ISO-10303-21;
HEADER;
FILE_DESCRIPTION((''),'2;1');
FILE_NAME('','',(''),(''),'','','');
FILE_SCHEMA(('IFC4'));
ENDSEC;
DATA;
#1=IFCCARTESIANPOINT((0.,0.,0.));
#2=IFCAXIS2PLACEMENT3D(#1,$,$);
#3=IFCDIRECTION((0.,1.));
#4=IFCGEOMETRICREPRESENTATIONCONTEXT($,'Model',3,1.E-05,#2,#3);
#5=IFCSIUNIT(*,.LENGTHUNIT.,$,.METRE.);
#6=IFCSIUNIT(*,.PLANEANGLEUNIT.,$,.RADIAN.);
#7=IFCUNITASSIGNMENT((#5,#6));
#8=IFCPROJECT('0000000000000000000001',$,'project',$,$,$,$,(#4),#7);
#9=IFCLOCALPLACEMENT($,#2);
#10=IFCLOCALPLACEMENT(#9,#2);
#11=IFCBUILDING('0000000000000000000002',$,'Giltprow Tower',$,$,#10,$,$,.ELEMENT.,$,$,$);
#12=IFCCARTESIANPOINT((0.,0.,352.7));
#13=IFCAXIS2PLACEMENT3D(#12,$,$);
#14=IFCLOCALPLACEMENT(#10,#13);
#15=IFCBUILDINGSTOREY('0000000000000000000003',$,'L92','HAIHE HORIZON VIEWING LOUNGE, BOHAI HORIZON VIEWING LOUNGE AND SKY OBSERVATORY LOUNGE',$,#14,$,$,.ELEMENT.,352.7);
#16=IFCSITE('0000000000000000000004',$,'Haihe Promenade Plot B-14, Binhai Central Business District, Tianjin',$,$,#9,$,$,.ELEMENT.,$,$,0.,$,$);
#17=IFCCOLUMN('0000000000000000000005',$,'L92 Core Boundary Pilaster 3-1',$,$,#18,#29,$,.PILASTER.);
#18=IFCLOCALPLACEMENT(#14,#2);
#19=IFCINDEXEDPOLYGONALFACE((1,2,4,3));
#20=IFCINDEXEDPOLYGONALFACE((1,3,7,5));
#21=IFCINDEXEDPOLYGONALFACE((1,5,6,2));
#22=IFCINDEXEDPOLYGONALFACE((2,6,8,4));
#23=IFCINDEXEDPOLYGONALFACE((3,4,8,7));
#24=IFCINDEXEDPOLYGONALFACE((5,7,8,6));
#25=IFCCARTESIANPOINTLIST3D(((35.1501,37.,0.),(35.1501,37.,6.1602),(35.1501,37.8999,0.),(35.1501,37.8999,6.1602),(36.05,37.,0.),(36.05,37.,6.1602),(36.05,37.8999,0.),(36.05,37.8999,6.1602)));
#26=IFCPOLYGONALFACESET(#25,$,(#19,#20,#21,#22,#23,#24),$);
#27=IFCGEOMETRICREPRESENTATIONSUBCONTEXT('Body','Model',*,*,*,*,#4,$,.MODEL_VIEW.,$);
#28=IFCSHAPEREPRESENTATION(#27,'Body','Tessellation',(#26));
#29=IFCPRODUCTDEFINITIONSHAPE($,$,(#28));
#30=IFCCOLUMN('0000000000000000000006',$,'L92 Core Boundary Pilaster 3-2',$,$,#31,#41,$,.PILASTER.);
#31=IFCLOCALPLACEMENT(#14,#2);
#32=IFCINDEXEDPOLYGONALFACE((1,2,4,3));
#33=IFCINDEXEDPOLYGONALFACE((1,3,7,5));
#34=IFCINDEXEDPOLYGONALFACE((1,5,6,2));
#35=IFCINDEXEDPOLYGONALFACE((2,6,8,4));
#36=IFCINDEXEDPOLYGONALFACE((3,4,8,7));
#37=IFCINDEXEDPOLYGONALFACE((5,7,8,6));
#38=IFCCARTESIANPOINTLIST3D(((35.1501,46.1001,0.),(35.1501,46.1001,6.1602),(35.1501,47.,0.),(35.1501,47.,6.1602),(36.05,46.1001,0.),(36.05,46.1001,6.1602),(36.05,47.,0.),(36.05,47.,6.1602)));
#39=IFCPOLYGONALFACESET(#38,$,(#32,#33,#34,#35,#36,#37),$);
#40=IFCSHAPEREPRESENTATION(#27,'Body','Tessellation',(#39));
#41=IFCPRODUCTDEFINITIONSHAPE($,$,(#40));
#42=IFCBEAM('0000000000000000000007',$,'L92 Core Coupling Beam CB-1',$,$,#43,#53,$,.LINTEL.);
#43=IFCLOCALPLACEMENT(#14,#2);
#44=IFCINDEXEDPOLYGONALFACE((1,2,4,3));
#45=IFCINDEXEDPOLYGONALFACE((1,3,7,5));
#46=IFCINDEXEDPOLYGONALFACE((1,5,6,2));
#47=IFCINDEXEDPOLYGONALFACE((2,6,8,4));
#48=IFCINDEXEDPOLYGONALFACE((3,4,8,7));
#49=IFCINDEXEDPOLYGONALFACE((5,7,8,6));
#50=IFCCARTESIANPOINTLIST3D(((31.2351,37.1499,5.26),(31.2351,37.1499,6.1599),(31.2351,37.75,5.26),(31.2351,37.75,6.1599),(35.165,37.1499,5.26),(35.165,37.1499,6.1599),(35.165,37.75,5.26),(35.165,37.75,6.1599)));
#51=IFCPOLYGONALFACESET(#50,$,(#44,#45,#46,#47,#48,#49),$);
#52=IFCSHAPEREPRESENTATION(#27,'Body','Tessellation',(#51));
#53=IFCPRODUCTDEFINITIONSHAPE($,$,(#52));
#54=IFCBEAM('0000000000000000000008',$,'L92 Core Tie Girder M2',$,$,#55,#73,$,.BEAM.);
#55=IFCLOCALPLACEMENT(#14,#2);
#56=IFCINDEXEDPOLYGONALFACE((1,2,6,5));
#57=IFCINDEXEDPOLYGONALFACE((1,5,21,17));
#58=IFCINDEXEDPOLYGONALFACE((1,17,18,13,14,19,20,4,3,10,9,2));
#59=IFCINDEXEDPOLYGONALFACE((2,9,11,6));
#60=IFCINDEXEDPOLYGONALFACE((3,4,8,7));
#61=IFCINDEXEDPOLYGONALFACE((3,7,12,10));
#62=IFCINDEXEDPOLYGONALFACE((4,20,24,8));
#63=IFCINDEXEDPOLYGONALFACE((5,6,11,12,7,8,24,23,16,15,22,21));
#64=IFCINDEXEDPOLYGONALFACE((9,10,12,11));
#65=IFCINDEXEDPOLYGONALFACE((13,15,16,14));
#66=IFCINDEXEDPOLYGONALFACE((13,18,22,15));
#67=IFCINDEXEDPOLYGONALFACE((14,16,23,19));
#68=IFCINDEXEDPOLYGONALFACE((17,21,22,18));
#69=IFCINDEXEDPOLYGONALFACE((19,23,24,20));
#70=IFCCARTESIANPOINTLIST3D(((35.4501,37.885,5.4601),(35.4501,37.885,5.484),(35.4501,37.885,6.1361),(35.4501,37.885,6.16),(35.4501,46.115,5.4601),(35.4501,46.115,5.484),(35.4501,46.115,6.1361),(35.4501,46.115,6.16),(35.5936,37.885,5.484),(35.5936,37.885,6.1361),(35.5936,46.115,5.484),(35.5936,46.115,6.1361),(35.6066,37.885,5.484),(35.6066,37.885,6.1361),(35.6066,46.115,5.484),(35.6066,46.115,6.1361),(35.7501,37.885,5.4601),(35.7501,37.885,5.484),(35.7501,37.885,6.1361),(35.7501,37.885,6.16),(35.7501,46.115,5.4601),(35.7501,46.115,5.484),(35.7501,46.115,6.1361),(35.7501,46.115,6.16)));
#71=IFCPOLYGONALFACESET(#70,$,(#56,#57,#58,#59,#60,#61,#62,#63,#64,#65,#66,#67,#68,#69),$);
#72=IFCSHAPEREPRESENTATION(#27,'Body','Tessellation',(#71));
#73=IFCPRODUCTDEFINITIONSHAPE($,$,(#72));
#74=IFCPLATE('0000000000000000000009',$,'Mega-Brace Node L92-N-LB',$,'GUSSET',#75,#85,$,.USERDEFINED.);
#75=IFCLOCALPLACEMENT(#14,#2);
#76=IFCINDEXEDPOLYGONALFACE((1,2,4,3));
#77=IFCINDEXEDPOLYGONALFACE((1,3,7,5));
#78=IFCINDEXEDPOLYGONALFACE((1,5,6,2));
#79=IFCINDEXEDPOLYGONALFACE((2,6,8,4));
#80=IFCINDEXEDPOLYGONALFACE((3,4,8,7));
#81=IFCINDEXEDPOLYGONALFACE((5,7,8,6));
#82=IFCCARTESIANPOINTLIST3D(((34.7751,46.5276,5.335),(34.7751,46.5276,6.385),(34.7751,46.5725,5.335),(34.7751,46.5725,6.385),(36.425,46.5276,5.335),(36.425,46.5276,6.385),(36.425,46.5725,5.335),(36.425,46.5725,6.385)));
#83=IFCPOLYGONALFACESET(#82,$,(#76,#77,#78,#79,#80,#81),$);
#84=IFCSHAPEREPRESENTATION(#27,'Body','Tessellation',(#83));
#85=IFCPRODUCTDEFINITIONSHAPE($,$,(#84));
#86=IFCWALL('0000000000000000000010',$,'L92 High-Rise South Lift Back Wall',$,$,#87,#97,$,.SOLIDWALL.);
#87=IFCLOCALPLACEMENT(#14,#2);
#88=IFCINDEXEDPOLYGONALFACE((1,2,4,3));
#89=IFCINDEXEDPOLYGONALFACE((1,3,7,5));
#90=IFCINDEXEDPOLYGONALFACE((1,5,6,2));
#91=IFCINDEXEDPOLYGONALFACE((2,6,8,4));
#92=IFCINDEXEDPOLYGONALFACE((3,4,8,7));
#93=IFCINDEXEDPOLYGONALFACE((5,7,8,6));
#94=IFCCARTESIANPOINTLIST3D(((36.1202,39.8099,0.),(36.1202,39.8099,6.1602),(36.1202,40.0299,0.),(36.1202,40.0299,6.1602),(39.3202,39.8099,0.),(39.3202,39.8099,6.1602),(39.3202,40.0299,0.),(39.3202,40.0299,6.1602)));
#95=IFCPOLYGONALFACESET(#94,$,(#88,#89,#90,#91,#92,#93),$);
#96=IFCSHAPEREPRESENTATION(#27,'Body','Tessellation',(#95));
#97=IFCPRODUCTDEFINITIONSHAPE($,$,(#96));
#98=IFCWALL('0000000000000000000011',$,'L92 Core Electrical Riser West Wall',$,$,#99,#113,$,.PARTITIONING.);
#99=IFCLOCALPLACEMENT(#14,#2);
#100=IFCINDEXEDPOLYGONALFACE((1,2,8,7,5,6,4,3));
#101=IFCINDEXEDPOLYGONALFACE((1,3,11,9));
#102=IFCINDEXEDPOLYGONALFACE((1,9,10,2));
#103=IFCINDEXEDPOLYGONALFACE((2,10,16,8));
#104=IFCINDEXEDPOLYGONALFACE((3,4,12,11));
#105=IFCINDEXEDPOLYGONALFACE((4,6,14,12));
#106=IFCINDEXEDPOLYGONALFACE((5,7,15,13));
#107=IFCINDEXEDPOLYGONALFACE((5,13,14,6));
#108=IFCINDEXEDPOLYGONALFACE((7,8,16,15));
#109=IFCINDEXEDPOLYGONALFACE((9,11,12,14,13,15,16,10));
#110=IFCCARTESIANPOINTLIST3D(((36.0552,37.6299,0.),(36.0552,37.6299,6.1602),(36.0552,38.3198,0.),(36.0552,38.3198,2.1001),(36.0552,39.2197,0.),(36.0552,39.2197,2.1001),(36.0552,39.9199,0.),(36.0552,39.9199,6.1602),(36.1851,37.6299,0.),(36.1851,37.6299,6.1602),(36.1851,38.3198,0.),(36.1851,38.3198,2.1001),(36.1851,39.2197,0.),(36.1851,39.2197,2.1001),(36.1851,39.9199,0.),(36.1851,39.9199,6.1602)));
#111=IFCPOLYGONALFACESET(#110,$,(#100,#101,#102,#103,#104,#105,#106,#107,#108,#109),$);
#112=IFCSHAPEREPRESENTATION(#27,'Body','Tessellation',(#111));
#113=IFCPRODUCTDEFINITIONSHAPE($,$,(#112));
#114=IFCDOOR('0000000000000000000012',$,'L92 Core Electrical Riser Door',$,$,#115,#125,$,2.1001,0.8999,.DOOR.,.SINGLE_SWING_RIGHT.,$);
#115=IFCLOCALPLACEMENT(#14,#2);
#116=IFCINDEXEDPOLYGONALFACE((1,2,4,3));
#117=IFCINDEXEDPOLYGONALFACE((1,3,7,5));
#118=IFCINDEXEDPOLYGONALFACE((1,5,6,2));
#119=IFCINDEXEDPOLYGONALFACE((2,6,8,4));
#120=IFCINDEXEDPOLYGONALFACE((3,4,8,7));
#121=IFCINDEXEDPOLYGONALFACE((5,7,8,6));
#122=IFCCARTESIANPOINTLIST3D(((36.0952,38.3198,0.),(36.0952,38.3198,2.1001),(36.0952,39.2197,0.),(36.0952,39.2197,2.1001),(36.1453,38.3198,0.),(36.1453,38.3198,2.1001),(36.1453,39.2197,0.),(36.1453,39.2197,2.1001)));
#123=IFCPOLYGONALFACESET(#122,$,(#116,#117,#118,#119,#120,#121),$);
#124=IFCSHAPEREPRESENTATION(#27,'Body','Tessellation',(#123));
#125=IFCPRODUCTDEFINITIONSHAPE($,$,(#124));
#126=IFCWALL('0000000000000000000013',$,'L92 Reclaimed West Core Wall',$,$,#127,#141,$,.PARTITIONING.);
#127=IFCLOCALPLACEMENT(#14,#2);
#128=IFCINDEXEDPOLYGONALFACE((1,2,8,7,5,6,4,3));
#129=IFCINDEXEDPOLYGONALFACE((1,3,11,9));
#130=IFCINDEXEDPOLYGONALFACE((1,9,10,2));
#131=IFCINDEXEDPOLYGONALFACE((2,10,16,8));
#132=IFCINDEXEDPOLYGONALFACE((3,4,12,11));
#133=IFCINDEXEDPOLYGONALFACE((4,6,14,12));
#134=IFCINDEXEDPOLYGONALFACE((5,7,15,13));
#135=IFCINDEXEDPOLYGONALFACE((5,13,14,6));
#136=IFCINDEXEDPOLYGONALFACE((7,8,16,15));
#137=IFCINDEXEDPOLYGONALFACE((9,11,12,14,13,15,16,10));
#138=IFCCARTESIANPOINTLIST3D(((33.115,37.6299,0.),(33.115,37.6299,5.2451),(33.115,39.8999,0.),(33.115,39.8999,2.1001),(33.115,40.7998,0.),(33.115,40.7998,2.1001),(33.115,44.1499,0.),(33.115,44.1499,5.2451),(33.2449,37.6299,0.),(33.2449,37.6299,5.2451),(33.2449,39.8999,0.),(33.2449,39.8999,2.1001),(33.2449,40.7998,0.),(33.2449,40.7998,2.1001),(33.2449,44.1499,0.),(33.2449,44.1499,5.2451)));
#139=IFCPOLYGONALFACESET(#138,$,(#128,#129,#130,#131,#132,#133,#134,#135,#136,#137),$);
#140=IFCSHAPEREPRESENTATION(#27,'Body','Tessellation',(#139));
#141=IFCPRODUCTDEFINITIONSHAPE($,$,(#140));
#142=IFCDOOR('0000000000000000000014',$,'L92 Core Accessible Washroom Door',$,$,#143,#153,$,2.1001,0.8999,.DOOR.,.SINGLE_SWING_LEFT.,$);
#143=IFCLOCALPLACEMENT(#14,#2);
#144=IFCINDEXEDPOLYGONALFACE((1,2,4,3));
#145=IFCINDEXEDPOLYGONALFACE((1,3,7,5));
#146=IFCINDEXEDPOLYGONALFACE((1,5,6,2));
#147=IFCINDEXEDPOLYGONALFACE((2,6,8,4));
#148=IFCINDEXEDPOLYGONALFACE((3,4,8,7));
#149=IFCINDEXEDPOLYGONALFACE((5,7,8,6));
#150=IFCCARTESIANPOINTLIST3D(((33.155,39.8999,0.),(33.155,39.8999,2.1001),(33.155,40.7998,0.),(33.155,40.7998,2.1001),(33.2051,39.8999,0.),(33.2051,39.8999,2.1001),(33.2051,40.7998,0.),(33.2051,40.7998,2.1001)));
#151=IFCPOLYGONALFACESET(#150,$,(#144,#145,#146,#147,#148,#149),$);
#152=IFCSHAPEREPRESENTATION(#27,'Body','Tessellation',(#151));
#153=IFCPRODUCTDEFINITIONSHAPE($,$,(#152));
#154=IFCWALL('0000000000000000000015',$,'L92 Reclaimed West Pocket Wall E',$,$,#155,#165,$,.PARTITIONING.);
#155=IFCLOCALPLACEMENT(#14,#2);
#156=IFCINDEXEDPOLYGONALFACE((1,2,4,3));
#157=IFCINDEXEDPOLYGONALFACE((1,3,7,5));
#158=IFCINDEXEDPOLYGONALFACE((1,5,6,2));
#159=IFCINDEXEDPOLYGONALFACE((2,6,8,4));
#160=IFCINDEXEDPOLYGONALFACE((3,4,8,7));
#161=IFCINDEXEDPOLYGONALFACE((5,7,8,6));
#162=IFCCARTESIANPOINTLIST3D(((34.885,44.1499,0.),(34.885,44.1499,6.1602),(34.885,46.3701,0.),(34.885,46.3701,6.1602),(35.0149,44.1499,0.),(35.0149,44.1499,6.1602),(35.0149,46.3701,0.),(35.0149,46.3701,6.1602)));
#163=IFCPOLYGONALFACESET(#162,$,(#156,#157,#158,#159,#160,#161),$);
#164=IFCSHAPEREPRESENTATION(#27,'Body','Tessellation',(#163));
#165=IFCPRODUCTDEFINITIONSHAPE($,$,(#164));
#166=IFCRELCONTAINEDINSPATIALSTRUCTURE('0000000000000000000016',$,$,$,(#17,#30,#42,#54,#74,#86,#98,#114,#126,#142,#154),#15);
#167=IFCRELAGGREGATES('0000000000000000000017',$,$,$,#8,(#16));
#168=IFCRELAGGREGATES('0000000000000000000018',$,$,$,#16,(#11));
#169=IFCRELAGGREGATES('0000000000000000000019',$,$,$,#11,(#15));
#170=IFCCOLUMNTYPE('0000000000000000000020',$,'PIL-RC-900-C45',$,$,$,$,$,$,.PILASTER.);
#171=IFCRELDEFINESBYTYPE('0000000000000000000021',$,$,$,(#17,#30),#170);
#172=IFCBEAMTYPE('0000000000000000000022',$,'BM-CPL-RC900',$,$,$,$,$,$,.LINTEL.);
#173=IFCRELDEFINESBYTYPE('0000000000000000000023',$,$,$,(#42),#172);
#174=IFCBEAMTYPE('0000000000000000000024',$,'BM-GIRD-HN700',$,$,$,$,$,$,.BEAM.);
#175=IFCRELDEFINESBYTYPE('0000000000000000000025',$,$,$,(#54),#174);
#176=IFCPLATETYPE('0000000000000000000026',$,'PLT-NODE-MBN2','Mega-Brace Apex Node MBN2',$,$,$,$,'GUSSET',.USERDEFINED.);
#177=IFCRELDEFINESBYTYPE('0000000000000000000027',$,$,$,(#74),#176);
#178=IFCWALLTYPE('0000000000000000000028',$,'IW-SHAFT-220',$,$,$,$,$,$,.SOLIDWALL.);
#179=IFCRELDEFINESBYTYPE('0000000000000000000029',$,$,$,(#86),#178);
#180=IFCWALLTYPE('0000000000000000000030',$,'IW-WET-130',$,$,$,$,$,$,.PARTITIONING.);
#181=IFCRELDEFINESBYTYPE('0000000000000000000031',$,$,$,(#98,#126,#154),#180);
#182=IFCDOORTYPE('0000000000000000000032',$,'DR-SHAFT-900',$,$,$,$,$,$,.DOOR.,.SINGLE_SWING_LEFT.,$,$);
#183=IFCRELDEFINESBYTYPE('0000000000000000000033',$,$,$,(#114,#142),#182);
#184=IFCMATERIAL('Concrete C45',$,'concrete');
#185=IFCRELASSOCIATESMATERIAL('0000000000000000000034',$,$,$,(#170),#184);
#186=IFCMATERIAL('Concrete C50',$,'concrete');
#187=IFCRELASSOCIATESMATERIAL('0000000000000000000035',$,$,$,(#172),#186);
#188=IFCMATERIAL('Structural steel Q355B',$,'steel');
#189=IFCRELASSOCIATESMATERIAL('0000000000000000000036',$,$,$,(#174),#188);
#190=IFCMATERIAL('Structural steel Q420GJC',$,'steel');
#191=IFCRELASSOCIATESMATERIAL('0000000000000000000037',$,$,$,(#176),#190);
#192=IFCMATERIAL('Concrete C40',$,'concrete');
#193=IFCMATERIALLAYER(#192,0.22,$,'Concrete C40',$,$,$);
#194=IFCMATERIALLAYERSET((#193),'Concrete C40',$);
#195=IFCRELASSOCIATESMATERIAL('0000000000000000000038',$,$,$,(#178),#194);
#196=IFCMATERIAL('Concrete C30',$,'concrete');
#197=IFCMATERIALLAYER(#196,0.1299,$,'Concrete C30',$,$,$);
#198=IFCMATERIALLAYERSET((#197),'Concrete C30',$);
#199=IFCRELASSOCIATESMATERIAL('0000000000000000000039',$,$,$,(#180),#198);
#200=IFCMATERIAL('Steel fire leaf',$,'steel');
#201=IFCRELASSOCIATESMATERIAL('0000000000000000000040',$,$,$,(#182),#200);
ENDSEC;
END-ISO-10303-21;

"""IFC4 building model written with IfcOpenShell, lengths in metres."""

from ifc_helpers import new_model, si_unit, direction, frame, frame_2d, origin, origin_2d, place, context, subcontext, project, spatial, rectangle, i_section, extrude, source, transform, mapped, material, layer, layer_set, material_profile, profile_set, type_object, element, fill, save


model = new_model("IFC4")

# Units and contexts
model_context = context("Model", 3, precision=1e-05, world=origin(), true_north=direction((0.0, 1.0)))
body_context = subcontext(model_context, "Body", "Model", "MODEL_VIEW")
ifc_project = project(units=[si_unit("LENGTHUNIT", "METRE"), si_unit("PLANEANGLEUNIT", "RADIAN")], contexts=[model_context])

# Site, building, storey
site_placement = place(None, origin())
site = spatial("IfcSite", under=ifc_project, at=site_placement, Name="Haihe Promenade Plot B-14, Binhai Central Business District, Tianjin", CompositionType="ELEMENT", RefElevation=0.0)
building_placement = place(site_placement, origin())
building = spatial("IfcBuilding", under=site, at=building_placement, Name="Giltprow Tower", CompositionType="ELEMENT")
storey_placement = place(building_placement, frame((0.0, 0.0, 352.7)))
storey = spatial("IfcBuildingStorey", under=building, at=storey_placement, Name="L92", Description="HAIHE HORIZON VIEWING LOUNGE, BOHAI HORIZON VIEWING LOUNGE AND SKY OBSERVATORY LOUNGE", CompositionType="ELEMENT", Elevation=352.7)

# Columns
ifc_material_1 = material(Name="Concrete C45", Category="concrete")
ifc_material_profile_1 = material_profile(ifc_material_1, rectangle(XDim=0.8999, YDim=0.8999, at=origin_2d()), Name="RC 900x900")
ifc_profile_set_1 = profile_set([ifc_material_profile_1], Name="Concrete C45")
column_type = type_object("IfcColumnType", Name="PIL-RC-900-C45", PredefinedType="PILASTER", material=ifc_profile_set_1)
shared_shape_1 = source(origin(), body_context, "Body", "SweptSolid", [
    extrude(rectangle(XDim=0.8999, YDim=0.8999, at=origin_2d()), origin(), (0.0, 0.0, 1.0), 6.1602),
])
for number, where, z_axis, x_axis, name in (
    (1, (35.6001, 37.45, 0.0), (0.0, 0.0, 1.0), (1.0, 0.0, 0.0), "L92 Core Boundary Pilaster 3-1"),
    (2, (35.6001, 46.55, 0.0), (0.0, 0.0, 1.0), (1.0, 0.0, 0.0), "L92 Core Boundary Pilaster 3-2"),
):
    element("IfcColumn", number, at=place(storey_placement, frame(where, z_axis=z_axis, x_axis=x_axis)), inside=storey, type_object=column_type, Name=name, PredefinedType="PILASTER", context=body_context, shape_type="MappedRepresentation", body=[
        mapped(shared_shape_1, transform((0.0, 0.0, 0.0), x_axis=(1.0, 0.0, 0.0), y_axis=(0.0, 1.0, 0.0), z_axis=(0.0, 0.0, 1.0), scale=1.0)),
    ])

# Beams
ifc_material_2 = material(Name="Concrete C50", Category="concrete")
ifc_material_profile_2 = material_profile(ifc_material_2, rectangle(XDim=0.6001, YDim=0.8999, at=origin_2d()), Name="RC 900x600")
ifc_profile_set_2 = profile_set([ifc_material_profile_2], Name="Concrete C50")
beam_type_1 = type_object("IfcBeamType", Name="BM-CPL-RC900", PredefinedType="LINTEL", material=ifc_profile_set_2)
shared_shape_2 = source(origin(), body_context, "Body", "SweptSolid", [
    extrude(rectangle(XDim=0.6001, YDim=0.8999, at=origin_2d()), origin(), (0.0, 0.0, 1.0), 3.9299),
])
beam_1_placement = place(storey_placement, frame((31.2351, 37.45, 5.71), z_axis=(1.0, 0.0, 0.0), x_axis=(0.0, 1.0, 0.0)))
element("IfcBeam", 3, at=beam_1_placement, inside=storey, type_object=beam_type_1, Name="L92 Core Coupling Beam CB-1", PredefinedType="LINTEL", context=body_context, shape_type="MappedRepresentation", body=[
    mapped(shared_shape_2, transform((0.0, 0.0, 0.0), x_axis=(1.0, 0.0, 0.0), y_axis=(0.0, 1.0, 0.0), z_axis=(0.0, 0.0, 1.0), scale=1.0)),
])
ifc_material_3 = material(Name="Structural steel Q355B", Category="steel")
ifc_material_profile_3 = material_profile(ifc_material_3, i_section(OverallWidth=0.3, OverallDepth=0.7, WebThickness=0.0129, FlangeThickness=0.0239, at=origin_2d()), Name="HN 700x300x13x24")
ifc_profile_set_3 = profile_set([ifc_material_profile_3], Name="Structural steel Q355B")
beam_type_2 = type_object("IfcBeamType", Name="BM-GIRD-HN700", PredefinedType="BEAM", material=ifc_profile_set_3)
shared_shape_3 = source(origin(), body_context, "Body", "SweptSolid", [
    extrude(i_section(OverallWidth=0.3, OverallDepth=0.7, WebThickness=0.0129, FlangeThickness=0.0239, at=origin_2d()), origin(), (0.0, 0.0, 1.0), 8.23),
])
beam_2_placement = place(storey_placement, frame((35.6001, 37.885, 5.8101), z_axis=(0.0, 1.0, 0.0), x_axis=(-1.0, 0.0, 0.0)))
element("IfcBeam", 4, at=beam_2_placement, inside=storey, type_object=beam_type_2, Name="L92 Core Tie Girder M2", PredefinedType="BEAM", context=body_context, shape_type="MappedRepresentation", body=[
    mapped(shared_shape_3, transform((0.0, 0.0, 0.0), x_axis=(1.0, 0.0, 0.0), y_axis=(0.0, 1.0, 0.0), z_axis=(0.0, 0.0, 1.0), scale=1.0)),
])

# Plate
ifc_material_4 = material(Name="Structural steel Q420GJC", Category="steel")
plate_type = type_object("IfcPlateType", Name="PLT-NODE-MBN2", Description="Mega-Brace Apex Node MBN2", ElementType="GUSSET", PredefinedType="USERDEFINED", material=ifc_material_4)
shared_shape_4 = source(origin(), body_context, "Body", "SweptSolid", [
    extrude(rectangle(XDim=1.6499, YDim=0.0449, at=origin_2d()), origin(), (0.0, 0.0, 1.0), 1.05),
])
plate_placement = place(storey_placement, frame((35.6001, 46.55, 5.335), z_axis=(0.0, 0.0, 1.0), x_axis=(1.0, 0.0, 0.0)))
element("IfcPlate", 5, at=plate_placement, inside=storey, type_object=plate_type, Name="Mega-Brace Node L92-N-LB", ObjectType="GUSSET", PredefinedType="USERDEFINED", context=body_context, shape_type="MappedRepresentation", body=[
    mapped(shared_shape_4, transform((0.0, 0.0, 0.0), x_axis=(1.0, 0.0, 0.0), y_axis=(0.0, 1.0, 0.0), z_axis=(0.0, 0.0, 1.0), scale=1.0)),
])

# Wall
ifc_material_5 = material(Name="Concrete C40", Category="concrete")
ifc_layer_1 = layer(ifc_material_5, 0.22, Name="Concrete C40")
ifc_layer_set_1 = layer_set([ifc_layer_1], Name="Concrete C40")
wall_type_1 = type_object("IfcWallType", Name="IW-SHAFT-220", PredefinedType="SOLIDWALL", material=ifc_layer_set_1)
wall_1_placement = place(storey_placement, frame((36.1201, 39.9199, 0.0), z_axis=(0.0, 0.0, 1.0), x_axis=(1.0, 0.0, 0.0)))
element("IfcWall", 6, at=wall_1_placement, inside=storey, type_object=wall_type_1, Name="L92 High-Rise South Lift Back Wall", PredefinedType="SOLIDWALL", context=body_context, shape_type="SweptSolid", body=[
    extrude(rectangle(XDim=3.2, YDim=0.22, at=frame_2d((1.6001, 0.0))), origin(), (0.0, 0.0, 1.0), 6.1602),
])

# Walls, openings, doors
ifc_material_6 = material(Name="Concrete C30", Category="concrete")
ifc_layer_2 = layer(ifc_material_6, 0.1299, Name="Concrete C30")
ifc_layer_set_2 = layer_set([ifc_layer_2], Name="Concrete C30")
wall_type_2 = type_object("IfcWallType", Name="IW-WET-130", PredefinedType="PARTITIONING", material=ifc_layer_set_2)
wall_2_placement = place(storey_placement, frame((36.1201, 37.6299, 0.0), z_axis=(0.0, 0.0, 1.0), x_axis=(0.0, 1.0, 0.0)))
wall_2 = element("IfcWall", 7, at=wall_2_placement, inside=storey, type_object=wall_type_2, Name="L92 Core Electrical Riser West Wall", PredefinedType="PARTITIONING", context=body_context, shape_type="SweptSolid", body=[
    extrude(rectangle(XDim=2.29, YDim=0.1299, at=frame_2d((1.145, 0.0))), origin(), (0.0, 0.0, 1.0), 6.1602),
])
opening_1_placement = place(wall_2_placement, frame((0.6899, 0.0, 0.0)))
opening_1 = element("IfcOpeningElement", 8, at=opening_1_placement, cuts=wall_2, PredefinedType="OPENING", context=body_context, shape_type="SweptSolid", body=[
    extrude(rectangle(XDim=0.8999, YDim=2.1001, at=frame_2d((0.45, 1.05))), frame((0.0, 0.075, 0.0), z_axis=(0.0, -1.0, 0.0), x_axis=(1.0, 0.0, 0.0)), (0.0, 0.0, 1.0), 0.1499),
])
ifc_material_7 = material(Name="Steel fire leaf", Category="steel")
door_type = type_object("IfcDoorType", Name="DR-SHAFT-900", OperationType="SINGLE_SWING_LEFT", PredefinedType="DOOR", material=ifc_material_7)
shared_shape_5 = source(origin(), body_context, "Body", "SweptSolid", [
    extrude(rectangle(XDim=0.8999, YDim=2.1001, at=frame_2d((0.45, 1.05))), frame((0.0, 0.0249, 0.0), z_axis=(0.0, -1.0, 0.0), x_axis=(1.0, 0.0, 0.0)), (0.0, 0.0, 1.0), 0.05),
])
door_1_placement = place(opening_1_placement, origin())
door_1 = element("IfcDoor", 9, at=door_1_placement, inside=storey, type_object=door_type, Name="L92 Core Electrical Riser Door", OperationType="SINGLE_SWING_RIGHT", OverallHeight=2.1001, OverallWidth=0.8999, PredefinedType="DOOR", context=body_context, shape_type="MappedRepresentation", body=[
    mapped(shared_shape_5, transform((0.0, 0.0, 0.0), x_axis=(1.0, 0.0, 0.0), y_axis=(0.0, 1.0, 0.0), z_axis=(0.0, 0.0, 1.0), scale=1.0)),
])
fill(opening_1, door_1)
wall_3_placement = place(storey_placement, frame((33.1799, 37.6299, 0.0), z_axis=(0.0, 0.0, 1.0), x_axis=(0.0, 1.0, 0.0)))
wall_3 = element("IfcWall", 10, at=wall_3_placement, inside=storey, type_object=wall_type_2, Name="L92 Reclaimed West Core Wall", PredefinedType="PARTITIONING", context=body_context, shape_type="SweptSolid", body=[
    extrude(rectangle(XDim=6.52, YDim=0.1299, at=frame_2d((3.26, 0.0))), origin(), (0.0, 0.0, 1.0), 5.2451),
])
opening_2_placement = place(wall_3_placement, frame((2.27, 0.0, 0.0)))
opening_2 = element("IfcOpeningElement", 11, at=opening_2_placement, cuts=wall_3, PredefinedType="OPENING", context=body_context, shape_type="SweptSolid", body=[
    extrude(rectangle(XDim=0.8999, YDim=2.1001, at=frame_2d((0.45, 1.05))), frame((0.0, 0.075, 0.0), z_axis=(0.0, -1.0, 0.0), x_axis=(1.0, 0.0, 0.0)), (0.0, 0.0, 1.0), 0.1499),
])
door_2_placement = place(opening_2_placement, origin())
door_2 = element("IfcDoor", 12, at=door_2_placement, inside=storey, type_object=door_type, Name="L92 Core Accessible Washroom Door", OperationType="SINGLE_SWING_LEFT", OverallHeight=2.1001, OverallWidth=0.8999, PredefinedType="DOOR", context=body_context, shape_type="MappedRepresentation", body=[
    mapped(shared_shape_5, transform((0.0, 0.0, 0.0), x_axis=(1.0, 0.0, 0.0), y_axis=(0.0, 1.0, 0.0), z_axis=(0.0, 0.0, 1.0), scale=1.0)),
])
fill(opening_2, door_2)

# Wall
wall_4_placement = place(storey_placement, frame((34.95, 44.1499, 0.0), z_axis=(0.0, 0.0, 1.0), x_axis=(0.0, 1.0, 0.0)))
element("IfcWall", 13, at=wall_4_placement, inside=storey, type_object=wall_type_2, Name="L92 Reclaimed West Pocket Wall E", PredefinedType="PARTITIONING", context=body_context, shape_type="SweptSolid", body=[
    extrude(rectangle(XDim=2.2202, YDim=0.1299, at=frame_2d((1.1101, 0.0))), origin(), (0.0, 0.0, 1.0), 6.1602),
])

save(model, "model.ifc")
